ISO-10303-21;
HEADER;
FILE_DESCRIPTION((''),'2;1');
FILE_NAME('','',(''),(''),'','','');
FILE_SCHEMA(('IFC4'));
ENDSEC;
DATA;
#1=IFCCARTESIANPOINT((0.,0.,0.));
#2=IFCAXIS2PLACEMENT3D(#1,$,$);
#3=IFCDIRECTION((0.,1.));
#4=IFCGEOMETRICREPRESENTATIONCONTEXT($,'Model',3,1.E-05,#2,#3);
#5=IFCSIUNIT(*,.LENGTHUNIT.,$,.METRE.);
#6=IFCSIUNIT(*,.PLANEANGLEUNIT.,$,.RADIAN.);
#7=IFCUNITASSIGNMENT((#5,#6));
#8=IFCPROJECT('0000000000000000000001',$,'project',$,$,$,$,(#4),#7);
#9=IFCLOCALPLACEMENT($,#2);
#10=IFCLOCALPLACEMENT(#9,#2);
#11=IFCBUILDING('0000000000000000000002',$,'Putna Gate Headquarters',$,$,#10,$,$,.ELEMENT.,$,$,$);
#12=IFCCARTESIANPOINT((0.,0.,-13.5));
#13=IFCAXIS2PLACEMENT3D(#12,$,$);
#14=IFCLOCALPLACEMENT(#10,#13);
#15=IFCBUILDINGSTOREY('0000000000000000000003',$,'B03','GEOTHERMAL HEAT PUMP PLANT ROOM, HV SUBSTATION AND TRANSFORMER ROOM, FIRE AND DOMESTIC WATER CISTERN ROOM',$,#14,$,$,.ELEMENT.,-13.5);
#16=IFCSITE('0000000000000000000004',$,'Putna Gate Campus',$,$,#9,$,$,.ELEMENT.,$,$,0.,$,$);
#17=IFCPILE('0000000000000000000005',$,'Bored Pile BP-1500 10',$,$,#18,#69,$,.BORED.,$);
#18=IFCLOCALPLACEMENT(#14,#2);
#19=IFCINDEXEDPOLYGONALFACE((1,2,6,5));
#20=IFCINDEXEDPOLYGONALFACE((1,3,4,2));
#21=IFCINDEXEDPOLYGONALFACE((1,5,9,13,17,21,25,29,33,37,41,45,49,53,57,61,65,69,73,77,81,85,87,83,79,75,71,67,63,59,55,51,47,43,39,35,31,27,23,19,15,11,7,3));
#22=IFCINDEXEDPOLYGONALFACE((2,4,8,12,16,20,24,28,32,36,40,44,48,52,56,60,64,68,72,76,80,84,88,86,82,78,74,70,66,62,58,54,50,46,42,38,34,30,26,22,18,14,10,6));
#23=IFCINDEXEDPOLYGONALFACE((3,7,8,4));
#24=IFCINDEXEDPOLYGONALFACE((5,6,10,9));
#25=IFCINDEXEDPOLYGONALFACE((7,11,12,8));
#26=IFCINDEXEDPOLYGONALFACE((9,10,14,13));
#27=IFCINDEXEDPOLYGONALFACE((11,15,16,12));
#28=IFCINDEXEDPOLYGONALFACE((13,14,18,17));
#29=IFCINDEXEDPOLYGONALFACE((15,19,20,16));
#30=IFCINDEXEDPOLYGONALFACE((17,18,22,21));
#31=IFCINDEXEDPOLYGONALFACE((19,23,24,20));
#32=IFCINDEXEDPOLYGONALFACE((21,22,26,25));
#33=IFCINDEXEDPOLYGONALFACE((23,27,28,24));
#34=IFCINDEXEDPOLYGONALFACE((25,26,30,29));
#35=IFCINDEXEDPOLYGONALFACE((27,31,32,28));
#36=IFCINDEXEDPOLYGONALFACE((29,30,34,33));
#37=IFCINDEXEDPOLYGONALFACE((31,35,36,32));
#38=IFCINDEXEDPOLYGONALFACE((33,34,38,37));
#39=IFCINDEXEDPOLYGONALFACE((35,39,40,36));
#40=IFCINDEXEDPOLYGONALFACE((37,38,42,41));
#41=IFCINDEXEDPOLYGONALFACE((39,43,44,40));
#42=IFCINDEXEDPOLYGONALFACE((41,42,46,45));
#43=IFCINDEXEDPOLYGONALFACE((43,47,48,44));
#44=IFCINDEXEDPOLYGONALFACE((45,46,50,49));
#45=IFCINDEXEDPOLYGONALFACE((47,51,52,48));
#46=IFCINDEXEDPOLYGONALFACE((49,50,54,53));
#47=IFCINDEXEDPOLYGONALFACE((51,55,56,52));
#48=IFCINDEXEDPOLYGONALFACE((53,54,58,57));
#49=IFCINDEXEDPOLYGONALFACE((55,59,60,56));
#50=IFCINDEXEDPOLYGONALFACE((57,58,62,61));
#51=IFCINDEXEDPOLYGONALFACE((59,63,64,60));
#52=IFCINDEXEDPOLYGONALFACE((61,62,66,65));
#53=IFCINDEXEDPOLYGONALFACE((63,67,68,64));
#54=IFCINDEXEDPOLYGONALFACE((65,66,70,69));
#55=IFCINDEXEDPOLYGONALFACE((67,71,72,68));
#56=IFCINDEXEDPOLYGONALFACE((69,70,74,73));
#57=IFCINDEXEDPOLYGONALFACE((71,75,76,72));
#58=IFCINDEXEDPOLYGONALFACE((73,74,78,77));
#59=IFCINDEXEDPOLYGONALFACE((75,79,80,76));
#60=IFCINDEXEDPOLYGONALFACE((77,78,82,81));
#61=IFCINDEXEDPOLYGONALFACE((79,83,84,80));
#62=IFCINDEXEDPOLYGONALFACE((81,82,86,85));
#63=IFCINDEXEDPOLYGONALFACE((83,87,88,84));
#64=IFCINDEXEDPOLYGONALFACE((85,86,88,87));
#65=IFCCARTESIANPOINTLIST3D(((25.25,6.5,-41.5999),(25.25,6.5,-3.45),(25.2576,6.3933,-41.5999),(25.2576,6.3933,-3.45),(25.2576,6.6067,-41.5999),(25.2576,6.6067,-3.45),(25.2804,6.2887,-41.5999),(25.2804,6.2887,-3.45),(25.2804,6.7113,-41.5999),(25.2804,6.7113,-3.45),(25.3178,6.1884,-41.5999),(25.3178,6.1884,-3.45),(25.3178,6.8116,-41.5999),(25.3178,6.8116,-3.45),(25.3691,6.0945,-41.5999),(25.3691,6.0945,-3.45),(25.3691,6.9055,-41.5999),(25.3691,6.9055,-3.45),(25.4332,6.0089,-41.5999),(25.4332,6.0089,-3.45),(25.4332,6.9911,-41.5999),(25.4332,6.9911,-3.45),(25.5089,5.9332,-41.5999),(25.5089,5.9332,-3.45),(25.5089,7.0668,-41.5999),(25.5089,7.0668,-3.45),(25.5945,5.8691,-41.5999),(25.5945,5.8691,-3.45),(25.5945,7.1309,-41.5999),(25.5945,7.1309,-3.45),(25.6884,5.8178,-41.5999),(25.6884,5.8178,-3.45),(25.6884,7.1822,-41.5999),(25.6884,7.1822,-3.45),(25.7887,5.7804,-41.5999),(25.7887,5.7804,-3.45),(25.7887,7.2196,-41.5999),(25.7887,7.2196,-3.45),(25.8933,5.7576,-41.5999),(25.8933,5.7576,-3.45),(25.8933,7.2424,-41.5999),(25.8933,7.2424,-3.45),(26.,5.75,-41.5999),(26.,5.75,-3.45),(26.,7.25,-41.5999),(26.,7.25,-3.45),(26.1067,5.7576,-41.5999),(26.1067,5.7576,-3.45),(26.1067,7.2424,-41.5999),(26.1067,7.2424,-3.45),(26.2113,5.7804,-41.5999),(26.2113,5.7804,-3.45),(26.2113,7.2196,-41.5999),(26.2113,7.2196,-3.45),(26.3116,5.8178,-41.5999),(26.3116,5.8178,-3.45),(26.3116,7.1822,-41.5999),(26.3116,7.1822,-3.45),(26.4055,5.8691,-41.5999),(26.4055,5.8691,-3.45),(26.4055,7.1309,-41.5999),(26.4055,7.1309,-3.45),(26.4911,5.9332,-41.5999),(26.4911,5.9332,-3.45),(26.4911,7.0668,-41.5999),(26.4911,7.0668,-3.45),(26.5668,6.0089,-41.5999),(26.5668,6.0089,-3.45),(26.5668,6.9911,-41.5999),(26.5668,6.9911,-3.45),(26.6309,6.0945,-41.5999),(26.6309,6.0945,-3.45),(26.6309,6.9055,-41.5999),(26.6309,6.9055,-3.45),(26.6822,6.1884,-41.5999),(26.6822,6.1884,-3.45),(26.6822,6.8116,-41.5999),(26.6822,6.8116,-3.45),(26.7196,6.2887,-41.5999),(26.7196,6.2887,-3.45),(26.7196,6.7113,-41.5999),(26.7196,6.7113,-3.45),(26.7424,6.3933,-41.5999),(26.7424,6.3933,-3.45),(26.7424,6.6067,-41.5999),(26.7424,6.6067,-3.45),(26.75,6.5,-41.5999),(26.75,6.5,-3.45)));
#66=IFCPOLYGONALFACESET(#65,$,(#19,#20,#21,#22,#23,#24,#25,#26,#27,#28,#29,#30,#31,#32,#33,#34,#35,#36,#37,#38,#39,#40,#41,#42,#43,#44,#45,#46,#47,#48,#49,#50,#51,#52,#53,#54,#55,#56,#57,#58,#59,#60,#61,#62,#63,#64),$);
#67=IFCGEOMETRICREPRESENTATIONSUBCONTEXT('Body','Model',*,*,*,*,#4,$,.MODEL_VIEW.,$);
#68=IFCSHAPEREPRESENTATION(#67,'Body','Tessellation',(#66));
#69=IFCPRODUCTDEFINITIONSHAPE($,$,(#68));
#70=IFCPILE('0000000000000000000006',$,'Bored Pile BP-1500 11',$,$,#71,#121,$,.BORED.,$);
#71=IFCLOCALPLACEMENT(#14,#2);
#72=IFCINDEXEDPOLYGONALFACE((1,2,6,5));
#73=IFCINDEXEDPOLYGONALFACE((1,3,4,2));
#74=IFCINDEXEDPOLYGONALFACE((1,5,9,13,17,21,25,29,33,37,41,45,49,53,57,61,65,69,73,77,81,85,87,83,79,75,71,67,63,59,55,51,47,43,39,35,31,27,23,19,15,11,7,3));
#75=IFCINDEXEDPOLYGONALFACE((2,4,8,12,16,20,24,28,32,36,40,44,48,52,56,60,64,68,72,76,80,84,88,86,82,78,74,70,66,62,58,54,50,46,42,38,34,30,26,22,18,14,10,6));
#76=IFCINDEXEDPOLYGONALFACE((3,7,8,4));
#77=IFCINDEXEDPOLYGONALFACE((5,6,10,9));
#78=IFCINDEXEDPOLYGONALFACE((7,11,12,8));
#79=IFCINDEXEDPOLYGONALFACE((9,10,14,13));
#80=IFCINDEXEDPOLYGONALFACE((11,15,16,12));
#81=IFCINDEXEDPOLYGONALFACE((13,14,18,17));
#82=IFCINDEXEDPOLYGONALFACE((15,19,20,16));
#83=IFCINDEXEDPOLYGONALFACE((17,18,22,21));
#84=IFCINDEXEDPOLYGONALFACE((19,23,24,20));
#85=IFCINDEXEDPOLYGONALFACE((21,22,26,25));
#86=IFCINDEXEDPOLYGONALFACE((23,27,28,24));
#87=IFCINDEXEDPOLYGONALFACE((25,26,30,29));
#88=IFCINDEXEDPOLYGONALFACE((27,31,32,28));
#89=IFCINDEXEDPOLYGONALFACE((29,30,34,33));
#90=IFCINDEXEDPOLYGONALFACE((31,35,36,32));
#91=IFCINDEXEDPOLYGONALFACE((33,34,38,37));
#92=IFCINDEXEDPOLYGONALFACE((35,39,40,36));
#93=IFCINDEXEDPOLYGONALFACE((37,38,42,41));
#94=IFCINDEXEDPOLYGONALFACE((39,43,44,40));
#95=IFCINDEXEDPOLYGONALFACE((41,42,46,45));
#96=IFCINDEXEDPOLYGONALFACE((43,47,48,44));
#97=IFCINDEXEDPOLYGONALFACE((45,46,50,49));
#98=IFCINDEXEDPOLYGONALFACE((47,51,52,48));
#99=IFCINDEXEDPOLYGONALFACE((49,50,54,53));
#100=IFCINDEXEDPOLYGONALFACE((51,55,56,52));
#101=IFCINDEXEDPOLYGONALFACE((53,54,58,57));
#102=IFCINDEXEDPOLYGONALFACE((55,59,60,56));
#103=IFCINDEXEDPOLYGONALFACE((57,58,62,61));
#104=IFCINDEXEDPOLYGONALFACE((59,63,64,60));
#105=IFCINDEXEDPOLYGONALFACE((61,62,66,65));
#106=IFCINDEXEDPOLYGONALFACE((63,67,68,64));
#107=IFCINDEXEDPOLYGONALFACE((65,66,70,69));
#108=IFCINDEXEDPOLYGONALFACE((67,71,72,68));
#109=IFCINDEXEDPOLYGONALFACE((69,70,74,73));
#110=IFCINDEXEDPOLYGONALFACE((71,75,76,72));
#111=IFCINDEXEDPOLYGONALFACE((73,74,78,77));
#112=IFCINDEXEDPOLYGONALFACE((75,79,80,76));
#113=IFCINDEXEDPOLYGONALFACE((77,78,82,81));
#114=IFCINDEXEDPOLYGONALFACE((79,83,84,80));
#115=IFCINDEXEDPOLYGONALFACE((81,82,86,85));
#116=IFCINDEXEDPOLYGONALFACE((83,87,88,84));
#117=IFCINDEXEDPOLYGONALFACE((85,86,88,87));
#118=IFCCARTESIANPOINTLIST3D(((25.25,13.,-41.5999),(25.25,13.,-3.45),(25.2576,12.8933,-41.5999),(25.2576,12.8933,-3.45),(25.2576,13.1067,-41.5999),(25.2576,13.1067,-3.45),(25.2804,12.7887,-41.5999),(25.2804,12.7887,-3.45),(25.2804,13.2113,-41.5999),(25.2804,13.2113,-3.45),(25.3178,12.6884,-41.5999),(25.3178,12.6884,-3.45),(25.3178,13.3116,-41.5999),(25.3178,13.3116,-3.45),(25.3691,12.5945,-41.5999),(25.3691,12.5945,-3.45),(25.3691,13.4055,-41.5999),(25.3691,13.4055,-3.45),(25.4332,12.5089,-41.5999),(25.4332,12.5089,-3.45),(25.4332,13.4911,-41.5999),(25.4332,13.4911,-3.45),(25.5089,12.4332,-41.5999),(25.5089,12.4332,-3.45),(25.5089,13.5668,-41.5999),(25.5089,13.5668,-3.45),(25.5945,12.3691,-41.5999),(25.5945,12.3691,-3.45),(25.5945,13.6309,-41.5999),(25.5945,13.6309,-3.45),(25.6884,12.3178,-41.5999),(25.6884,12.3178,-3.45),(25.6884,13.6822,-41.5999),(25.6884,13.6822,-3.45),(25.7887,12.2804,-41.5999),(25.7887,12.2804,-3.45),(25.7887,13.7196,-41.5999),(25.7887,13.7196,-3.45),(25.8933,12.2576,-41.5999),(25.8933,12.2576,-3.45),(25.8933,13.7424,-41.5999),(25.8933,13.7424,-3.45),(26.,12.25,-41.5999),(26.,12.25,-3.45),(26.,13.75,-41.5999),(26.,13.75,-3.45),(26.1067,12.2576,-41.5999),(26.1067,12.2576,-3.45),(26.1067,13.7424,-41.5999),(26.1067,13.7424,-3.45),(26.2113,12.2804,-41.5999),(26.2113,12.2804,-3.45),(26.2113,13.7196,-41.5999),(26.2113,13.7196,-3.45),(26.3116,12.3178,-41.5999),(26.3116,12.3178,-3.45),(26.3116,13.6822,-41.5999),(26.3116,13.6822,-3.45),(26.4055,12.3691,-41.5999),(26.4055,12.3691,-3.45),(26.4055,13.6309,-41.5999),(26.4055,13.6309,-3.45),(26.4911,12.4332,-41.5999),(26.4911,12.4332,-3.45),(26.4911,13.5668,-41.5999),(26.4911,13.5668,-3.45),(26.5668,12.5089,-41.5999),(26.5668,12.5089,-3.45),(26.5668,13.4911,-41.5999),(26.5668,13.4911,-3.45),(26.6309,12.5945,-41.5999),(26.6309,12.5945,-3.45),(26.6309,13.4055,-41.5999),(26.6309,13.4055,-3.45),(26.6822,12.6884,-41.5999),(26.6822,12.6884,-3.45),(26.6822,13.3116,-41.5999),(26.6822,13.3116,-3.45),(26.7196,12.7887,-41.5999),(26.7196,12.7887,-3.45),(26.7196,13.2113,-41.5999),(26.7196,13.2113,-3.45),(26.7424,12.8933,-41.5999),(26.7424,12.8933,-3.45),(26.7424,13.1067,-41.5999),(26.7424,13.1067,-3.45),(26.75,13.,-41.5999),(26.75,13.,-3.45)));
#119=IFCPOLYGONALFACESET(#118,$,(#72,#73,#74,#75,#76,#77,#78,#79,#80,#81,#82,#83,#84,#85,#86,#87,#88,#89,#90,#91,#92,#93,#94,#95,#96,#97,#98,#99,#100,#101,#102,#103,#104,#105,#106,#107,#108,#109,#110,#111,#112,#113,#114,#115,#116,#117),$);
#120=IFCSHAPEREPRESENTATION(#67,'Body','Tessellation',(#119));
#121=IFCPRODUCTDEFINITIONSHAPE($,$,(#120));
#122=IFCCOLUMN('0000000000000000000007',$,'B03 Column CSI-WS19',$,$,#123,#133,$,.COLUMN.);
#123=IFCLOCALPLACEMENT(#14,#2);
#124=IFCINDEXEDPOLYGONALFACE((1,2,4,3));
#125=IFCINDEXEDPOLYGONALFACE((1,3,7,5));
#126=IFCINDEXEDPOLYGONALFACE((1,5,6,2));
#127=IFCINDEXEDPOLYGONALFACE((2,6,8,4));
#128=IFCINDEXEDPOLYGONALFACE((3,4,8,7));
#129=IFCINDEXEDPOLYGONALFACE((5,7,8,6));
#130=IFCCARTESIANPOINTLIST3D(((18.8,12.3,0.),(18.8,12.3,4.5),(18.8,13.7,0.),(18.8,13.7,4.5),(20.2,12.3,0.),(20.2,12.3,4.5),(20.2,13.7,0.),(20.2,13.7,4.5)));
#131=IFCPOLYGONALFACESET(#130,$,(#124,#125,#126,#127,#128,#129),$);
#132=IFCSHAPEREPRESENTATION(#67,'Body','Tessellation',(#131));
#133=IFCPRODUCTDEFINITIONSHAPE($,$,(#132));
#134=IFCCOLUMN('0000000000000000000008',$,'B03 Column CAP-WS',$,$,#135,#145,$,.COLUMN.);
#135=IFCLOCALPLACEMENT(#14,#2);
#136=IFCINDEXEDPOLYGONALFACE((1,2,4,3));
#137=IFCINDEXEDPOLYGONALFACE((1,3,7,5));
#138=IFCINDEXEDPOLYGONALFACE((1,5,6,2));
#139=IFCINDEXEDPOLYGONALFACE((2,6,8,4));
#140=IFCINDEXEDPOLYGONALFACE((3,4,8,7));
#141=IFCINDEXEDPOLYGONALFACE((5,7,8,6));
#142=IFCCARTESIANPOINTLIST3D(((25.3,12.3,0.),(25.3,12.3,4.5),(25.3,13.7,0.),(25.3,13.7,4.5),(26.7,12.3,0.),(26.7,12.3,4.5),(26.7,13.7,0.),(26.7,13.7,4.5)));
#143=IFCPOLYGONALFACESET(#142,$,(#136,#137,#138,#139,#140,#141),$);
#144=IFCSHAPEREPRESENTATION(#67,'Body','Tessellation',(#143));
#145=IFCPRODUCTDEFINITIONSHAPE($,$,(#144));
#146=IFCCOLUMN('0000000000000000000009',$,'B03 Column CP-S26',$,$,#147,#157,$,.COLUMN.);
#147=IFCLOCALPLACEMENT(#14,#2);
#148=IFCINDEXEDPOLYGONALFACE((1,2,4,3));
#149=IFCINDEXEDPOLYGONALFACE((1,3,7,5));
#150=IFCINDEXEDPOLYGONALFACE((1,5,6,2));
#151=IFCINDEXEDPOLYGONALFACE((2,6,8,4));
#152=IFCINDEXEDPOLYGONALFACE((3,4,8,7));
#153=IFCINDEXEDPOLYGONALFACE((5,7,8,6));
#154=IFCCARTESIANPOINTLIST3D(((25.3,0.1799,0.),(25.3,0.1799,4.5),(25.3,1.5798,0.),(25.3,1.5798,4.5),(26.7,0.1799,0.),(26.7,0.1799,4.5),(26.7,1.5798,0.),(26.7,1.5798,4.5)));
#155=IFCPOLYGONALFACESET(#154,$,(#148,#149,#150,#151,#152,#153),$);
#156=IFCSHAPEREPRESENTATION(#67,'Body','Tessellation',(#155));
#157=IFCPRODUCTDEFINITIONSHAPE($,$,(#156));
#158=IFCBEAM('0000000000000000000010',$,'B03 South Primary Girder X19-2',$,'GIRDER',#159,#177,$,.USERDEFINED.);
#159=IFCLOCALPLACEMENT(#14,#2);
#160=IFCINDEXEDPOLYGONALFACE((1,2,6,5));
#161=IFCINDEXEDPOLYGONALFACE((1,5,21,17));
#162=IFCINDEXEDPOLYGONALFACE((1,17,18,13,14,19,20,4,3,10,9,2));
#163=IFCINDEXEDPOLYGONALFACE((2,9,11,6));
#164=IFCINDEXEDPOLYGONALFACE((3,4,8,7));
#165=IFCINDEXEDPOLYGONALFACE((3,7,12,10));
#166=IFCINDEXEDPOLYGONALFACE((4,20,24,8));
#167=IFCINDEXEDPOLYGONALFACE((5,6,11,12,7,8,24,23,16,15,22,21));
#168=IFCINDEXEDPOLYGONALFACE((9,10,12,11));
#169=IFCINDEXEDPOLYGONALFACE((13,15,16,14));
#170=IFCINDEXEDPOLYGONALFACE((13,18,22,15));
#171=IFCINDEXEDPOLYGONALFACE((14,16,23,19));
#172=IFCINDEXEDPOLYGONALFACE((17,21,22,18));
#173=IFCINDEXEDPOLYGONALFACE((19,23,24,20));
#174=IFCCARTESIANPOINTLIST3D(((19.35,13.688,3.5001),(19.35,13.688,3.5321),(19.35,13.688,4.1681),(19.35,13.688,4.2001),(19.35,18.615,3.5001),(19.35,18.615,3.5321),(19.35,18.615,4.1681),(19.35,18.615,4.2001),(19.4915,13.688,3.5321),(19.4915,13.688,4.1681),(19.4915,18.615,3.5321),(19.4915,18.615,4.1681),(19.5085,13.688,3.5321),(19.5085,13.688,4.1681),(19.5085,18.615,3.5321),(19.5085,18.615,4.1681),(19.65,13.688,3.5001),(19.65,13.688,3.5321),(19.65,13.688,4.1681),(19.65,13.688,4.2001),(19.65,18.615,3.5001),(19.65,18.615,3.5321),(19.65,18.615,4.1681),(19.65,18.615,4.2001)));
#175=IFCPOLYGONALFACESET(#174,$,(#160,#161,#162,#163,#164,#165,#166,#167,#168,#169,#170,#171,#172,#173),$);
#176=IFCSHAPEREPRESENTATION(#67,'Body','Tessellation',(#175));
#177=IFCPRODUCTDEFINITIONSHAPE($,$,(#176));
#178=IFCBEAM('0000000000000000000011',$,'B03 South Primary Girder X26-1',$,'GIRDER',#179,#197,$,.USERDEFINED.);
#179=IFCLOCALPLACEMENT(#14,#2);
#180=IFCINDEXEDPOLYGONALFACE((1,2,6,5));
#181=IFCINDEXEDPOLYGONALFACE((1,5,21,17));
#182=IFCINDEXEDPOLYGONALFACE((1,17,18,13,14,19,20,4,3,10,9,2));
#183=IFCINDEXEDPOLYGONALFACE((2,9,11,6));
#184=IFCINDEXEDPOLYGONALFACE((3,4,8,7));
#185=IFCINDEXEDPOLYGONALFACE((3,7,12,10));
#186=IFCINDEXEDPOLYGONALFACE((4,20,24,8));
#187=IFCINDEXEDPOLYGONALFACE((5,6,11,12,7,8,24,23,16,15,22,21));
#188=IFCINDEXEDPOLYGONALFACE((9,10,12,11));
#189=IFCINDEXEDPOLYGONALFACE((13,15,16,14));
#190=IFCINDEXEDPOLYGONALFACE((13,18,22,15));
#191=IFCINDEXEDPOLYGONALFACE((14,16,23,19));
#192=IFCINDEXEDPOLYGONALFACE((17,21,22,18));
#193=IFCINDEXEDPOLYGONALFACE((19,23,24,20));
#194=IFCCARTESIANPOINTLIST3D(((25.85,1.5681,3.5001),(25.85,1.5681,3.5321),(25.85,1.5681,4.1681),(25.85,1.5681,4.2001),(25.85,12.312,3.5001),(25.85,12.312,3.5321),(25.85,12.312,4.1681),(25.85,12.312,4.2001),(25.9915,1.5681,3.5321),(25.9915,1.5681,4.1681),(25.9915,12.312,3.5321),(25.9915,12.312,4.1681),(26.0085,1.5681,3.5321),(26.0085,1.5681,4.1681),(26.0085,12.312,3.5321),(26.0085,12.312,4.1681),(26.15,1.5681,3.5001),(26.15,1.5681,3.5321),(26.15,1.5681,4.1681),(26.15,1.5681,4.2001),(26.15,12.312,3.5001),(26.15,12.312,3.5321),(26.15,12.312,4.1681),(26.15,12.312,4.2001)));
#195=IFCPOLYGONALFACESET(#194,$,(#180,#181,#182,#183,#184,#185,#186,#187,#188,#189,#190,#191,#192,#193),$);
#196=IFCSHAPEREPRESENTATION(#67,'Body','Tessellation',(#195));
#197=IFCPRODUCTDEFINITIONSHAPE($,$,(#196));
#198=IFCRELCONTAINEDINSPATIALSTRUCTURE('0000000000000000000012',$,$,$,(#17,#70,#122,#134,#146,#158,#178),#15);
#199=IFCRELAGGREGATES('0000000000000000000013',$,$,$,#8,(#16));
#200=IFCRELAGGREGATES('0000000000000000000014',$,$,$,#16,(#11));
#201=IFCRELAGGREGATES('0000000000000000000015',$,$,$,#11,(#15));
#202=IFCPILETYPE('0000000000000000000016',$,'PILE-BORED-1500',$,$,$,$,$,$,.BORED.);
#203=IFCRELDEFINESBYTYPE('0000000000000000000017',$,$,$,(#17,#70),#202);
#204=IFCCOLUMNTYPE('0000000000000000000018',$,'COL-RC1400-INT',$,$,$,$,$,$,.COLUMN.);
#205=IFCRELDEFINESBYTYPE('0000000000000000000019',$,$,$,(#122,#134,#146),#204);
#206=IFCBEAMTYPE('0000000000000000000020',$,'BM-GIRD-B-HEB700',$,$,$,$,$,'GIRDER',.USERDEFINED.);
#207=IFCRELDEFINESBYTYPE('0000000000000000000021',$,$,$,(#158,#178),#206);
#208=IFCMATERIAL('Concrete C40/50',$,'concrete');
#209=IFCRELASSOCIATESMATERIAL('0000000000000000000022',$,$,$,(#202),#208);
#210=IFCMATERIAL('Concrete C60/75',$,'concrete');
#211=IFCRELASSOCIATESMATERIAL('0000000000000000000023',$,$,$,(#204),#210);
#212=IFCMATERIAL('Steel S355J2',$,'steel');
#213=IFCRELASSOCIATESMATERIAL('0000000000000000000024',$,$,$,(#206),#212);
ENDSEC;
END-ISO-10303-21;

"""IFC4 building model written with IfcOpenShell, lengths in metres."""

from ifc_helpers import new_model, si_unit, direction, frame, origin, origin_2d, place, context, subcontext, project, spatial, rectangle, circle, i_section, extrude, material, material_profile, profile_set, type_object, element, save


model = new_model("IFC4")

# Units and contexts
model_context = context("Model", 3, precision=1e-05, world=origin(), true_north=direction((0.0, 1.0)))
body_context = subcontext(model_context, "Body", "Model", "MODEL_VIEW")
ifc_project = project(units=[si_unit("LENGTHUNIT", "METRE"), si_unit("PLANEANGLEUNIT", "RADIAN")], contexts=[model_context])

# Site, building, storey
site_placement = place(None, origin())
site = spatial("IfcSite", under=ifc_project, at=site_placement, Name="Putna Gate Campus", CompositionType="ELEMENT", RefElevation=0.0)
building_placement = place(site_placement, origin())
building = spatial("IfcBuilding", under=site, at=building_placement, Name="Putna Gate Headquarters", CompositionType="ELEMENT")
storey_placement = place(building_placement, frame((0.0, 0.0, -13.5)))
storey = spatial("IfcBuildingStorey", under=building, at=storey_placement, Name="B03", Description="GEOTHERMAL HEAT PUMP PLANT ROOM, HV SUBSTATION AND TRANSFORMER ROOM, FIRE AND DOMESTIC WATER CISTERN ROOM", CompositionType="ELEMENT", Elevation=-13.5)

# Piles
ifc_material_1 = material(Name="Concrete C40/50", Category="concrete")
ifc_material_profile_1 = material_profile(ifc_material_1, circle(Radius=0.75, at=origin_2d()), Name="Concrete C40/50")
ifc_profile_set_1 = profile_set([ifc_material_profile_1], Name="Concrete C40/50")
pile_type_1 = type_object("IfcPileType", Name="PILE-BORED-1500", PredefinedType="BORED", material=ifc_profile_set_1)
for number, where, z_axis, x_axis, name in (
    (1, (26.0, 6.5, -3.45), (0.0, 0.0, -1.0), (1.0, 0.0, 0.0), "Bored Pile BP-1500 10"),
    (2, (26.0, 13.0, -3.45), (0.0, 0.0, -1.0), (1.0, 0.0, 0.0), "Bored Pile BP-1500 11"),
):
    element("IfcPile", number, at=place(storey_placement, frame(where, z_axis=z_axis, x_axis=x_axis)), inside=storey, type_object=pile_type_1, Name=name, PredefinedType="BORED", context=body_context, shape_type="SweptSolid", body=[
        extrude(circle(Radius=0.75, at=origin_2d()), origin(), (0.0, 0.0, 1.0), 38.1499),
    ])

# Columns
ifc_material_2 = material(Name="Concrete C60/75", Category="concrete")
ifc_material_profile_2 = material_profile(ifc_material_2, rectangle(XDim=1.3999, YDim=1.3999, at=origin_2d()), Name="Concrete C60/75")
ifc_profile_set_2 = profile_set([ifc_material_profile_2], Name="Concrete C60/75")
column_type = type_object("IfcColumnType", Name="COL-RC1400-INT", PredefinedType="COLUMN", material=ifc_profile_set_2)
for number, where, z_axis, x_axis, name in (
    (3, (19.5, 13.0, 0.0), (0.0, 0.0, 1.0), (1.0, 0.0, 0.0), "B03 Column CSI-WS19"),
    (4, (26.0, 13.0, 0.0), (0.0, 0.0, 1.0), (1.0, 0.0, 0.0), "B03 Column CAP-WS"),
    (5, (26.0, 0.8799, 0.0), (0.0, 0.0, 1.0), (1.0, 0.0, 0.0), "B03 Column CP-S26"),
):
    element("IfcColumn", number, at=place(storey_placement, frame(where, z_axis=z_axis, x_axis=x_axis)), inside=storey, type_object=column_type, Name=name, PredefinedType="COLUMN", context=body_context, shape_type="SweptSolid", body=[
        extrude(rectangle(XDim=1.3999, YDim=1.3999, at=origin_2d()), origin(), (0.0, 0.0, 1.0), 4.5),
    ])

# Beams
ifc_material_3 = material(Name="Steel S355J2", Category="steel")
ifc_material_profile_3 = material_profile(ifc_material_3, i_section(OverallWidth=0.3, OverallDepth=0.7, WebThickness=0.0171, FlangeThickness=0.032, at=origin_2d()), Name="Steel S355J2")
ifc_profile_set_3 = profile_set([ifc_material_profile_3], Name="Steel S355J2")
beam_type_1 = type_object("IfcBeamType", Name="BM-GIRD-B-HEB700", ElementType="GIRDER", PredefinedType="USERDEFINED", material=ifc_profile_set_3)
beam_1_placement = place(storey_placement, frame((19.5, 13.688, 3.8501), z_axis=(0.0, 1.0, 0.0), x_axis=(-1.0, 0.0, 0.0)))
element("IfcBeam", 6, at=beam_1_placement, inside=storey, type_object=beam_type_1, Name="B03 South Primary Girder X19-2", ObjectType="GIRDER", PredefinedType="USERDEFINED", context=body_context, shape_type="SweptSolid", body=[
    extrude(i_section(OverallWidth=0.3, OverallDepth=0.7, WebThickness=0.0171, FlangeThickness=0.032, at=origin_2d()), origin(), (0.0, 0.0, 1.0), 4.927),
])
beam_2_placement = place(storey_placement, frame((26.0, 1.5681, 3.8501), z_axis=(0.0, 1.0, 0.0), x_axis=(-1.0, 0.0, 0.0)))
element("IfcBeam", 7, at=beam_2_placement, inside=storey, type_object=beam_type_1, Name="B03 South Primary Girder X26-1", ObjectType="GIRDER", PredefinedType="USERDEFINED", context=body_context, shape_type="SweptSolid", body=[
    extrude(i_section(OverallWidth=0.3, OverallDepth=0.7, WebThickness=0.0171, FlangeThickness=0.032, at=origin_2d()), origin(), (0.0, 0.0, 1.0), 10.7439),
])

save(model, "model.ifc")
